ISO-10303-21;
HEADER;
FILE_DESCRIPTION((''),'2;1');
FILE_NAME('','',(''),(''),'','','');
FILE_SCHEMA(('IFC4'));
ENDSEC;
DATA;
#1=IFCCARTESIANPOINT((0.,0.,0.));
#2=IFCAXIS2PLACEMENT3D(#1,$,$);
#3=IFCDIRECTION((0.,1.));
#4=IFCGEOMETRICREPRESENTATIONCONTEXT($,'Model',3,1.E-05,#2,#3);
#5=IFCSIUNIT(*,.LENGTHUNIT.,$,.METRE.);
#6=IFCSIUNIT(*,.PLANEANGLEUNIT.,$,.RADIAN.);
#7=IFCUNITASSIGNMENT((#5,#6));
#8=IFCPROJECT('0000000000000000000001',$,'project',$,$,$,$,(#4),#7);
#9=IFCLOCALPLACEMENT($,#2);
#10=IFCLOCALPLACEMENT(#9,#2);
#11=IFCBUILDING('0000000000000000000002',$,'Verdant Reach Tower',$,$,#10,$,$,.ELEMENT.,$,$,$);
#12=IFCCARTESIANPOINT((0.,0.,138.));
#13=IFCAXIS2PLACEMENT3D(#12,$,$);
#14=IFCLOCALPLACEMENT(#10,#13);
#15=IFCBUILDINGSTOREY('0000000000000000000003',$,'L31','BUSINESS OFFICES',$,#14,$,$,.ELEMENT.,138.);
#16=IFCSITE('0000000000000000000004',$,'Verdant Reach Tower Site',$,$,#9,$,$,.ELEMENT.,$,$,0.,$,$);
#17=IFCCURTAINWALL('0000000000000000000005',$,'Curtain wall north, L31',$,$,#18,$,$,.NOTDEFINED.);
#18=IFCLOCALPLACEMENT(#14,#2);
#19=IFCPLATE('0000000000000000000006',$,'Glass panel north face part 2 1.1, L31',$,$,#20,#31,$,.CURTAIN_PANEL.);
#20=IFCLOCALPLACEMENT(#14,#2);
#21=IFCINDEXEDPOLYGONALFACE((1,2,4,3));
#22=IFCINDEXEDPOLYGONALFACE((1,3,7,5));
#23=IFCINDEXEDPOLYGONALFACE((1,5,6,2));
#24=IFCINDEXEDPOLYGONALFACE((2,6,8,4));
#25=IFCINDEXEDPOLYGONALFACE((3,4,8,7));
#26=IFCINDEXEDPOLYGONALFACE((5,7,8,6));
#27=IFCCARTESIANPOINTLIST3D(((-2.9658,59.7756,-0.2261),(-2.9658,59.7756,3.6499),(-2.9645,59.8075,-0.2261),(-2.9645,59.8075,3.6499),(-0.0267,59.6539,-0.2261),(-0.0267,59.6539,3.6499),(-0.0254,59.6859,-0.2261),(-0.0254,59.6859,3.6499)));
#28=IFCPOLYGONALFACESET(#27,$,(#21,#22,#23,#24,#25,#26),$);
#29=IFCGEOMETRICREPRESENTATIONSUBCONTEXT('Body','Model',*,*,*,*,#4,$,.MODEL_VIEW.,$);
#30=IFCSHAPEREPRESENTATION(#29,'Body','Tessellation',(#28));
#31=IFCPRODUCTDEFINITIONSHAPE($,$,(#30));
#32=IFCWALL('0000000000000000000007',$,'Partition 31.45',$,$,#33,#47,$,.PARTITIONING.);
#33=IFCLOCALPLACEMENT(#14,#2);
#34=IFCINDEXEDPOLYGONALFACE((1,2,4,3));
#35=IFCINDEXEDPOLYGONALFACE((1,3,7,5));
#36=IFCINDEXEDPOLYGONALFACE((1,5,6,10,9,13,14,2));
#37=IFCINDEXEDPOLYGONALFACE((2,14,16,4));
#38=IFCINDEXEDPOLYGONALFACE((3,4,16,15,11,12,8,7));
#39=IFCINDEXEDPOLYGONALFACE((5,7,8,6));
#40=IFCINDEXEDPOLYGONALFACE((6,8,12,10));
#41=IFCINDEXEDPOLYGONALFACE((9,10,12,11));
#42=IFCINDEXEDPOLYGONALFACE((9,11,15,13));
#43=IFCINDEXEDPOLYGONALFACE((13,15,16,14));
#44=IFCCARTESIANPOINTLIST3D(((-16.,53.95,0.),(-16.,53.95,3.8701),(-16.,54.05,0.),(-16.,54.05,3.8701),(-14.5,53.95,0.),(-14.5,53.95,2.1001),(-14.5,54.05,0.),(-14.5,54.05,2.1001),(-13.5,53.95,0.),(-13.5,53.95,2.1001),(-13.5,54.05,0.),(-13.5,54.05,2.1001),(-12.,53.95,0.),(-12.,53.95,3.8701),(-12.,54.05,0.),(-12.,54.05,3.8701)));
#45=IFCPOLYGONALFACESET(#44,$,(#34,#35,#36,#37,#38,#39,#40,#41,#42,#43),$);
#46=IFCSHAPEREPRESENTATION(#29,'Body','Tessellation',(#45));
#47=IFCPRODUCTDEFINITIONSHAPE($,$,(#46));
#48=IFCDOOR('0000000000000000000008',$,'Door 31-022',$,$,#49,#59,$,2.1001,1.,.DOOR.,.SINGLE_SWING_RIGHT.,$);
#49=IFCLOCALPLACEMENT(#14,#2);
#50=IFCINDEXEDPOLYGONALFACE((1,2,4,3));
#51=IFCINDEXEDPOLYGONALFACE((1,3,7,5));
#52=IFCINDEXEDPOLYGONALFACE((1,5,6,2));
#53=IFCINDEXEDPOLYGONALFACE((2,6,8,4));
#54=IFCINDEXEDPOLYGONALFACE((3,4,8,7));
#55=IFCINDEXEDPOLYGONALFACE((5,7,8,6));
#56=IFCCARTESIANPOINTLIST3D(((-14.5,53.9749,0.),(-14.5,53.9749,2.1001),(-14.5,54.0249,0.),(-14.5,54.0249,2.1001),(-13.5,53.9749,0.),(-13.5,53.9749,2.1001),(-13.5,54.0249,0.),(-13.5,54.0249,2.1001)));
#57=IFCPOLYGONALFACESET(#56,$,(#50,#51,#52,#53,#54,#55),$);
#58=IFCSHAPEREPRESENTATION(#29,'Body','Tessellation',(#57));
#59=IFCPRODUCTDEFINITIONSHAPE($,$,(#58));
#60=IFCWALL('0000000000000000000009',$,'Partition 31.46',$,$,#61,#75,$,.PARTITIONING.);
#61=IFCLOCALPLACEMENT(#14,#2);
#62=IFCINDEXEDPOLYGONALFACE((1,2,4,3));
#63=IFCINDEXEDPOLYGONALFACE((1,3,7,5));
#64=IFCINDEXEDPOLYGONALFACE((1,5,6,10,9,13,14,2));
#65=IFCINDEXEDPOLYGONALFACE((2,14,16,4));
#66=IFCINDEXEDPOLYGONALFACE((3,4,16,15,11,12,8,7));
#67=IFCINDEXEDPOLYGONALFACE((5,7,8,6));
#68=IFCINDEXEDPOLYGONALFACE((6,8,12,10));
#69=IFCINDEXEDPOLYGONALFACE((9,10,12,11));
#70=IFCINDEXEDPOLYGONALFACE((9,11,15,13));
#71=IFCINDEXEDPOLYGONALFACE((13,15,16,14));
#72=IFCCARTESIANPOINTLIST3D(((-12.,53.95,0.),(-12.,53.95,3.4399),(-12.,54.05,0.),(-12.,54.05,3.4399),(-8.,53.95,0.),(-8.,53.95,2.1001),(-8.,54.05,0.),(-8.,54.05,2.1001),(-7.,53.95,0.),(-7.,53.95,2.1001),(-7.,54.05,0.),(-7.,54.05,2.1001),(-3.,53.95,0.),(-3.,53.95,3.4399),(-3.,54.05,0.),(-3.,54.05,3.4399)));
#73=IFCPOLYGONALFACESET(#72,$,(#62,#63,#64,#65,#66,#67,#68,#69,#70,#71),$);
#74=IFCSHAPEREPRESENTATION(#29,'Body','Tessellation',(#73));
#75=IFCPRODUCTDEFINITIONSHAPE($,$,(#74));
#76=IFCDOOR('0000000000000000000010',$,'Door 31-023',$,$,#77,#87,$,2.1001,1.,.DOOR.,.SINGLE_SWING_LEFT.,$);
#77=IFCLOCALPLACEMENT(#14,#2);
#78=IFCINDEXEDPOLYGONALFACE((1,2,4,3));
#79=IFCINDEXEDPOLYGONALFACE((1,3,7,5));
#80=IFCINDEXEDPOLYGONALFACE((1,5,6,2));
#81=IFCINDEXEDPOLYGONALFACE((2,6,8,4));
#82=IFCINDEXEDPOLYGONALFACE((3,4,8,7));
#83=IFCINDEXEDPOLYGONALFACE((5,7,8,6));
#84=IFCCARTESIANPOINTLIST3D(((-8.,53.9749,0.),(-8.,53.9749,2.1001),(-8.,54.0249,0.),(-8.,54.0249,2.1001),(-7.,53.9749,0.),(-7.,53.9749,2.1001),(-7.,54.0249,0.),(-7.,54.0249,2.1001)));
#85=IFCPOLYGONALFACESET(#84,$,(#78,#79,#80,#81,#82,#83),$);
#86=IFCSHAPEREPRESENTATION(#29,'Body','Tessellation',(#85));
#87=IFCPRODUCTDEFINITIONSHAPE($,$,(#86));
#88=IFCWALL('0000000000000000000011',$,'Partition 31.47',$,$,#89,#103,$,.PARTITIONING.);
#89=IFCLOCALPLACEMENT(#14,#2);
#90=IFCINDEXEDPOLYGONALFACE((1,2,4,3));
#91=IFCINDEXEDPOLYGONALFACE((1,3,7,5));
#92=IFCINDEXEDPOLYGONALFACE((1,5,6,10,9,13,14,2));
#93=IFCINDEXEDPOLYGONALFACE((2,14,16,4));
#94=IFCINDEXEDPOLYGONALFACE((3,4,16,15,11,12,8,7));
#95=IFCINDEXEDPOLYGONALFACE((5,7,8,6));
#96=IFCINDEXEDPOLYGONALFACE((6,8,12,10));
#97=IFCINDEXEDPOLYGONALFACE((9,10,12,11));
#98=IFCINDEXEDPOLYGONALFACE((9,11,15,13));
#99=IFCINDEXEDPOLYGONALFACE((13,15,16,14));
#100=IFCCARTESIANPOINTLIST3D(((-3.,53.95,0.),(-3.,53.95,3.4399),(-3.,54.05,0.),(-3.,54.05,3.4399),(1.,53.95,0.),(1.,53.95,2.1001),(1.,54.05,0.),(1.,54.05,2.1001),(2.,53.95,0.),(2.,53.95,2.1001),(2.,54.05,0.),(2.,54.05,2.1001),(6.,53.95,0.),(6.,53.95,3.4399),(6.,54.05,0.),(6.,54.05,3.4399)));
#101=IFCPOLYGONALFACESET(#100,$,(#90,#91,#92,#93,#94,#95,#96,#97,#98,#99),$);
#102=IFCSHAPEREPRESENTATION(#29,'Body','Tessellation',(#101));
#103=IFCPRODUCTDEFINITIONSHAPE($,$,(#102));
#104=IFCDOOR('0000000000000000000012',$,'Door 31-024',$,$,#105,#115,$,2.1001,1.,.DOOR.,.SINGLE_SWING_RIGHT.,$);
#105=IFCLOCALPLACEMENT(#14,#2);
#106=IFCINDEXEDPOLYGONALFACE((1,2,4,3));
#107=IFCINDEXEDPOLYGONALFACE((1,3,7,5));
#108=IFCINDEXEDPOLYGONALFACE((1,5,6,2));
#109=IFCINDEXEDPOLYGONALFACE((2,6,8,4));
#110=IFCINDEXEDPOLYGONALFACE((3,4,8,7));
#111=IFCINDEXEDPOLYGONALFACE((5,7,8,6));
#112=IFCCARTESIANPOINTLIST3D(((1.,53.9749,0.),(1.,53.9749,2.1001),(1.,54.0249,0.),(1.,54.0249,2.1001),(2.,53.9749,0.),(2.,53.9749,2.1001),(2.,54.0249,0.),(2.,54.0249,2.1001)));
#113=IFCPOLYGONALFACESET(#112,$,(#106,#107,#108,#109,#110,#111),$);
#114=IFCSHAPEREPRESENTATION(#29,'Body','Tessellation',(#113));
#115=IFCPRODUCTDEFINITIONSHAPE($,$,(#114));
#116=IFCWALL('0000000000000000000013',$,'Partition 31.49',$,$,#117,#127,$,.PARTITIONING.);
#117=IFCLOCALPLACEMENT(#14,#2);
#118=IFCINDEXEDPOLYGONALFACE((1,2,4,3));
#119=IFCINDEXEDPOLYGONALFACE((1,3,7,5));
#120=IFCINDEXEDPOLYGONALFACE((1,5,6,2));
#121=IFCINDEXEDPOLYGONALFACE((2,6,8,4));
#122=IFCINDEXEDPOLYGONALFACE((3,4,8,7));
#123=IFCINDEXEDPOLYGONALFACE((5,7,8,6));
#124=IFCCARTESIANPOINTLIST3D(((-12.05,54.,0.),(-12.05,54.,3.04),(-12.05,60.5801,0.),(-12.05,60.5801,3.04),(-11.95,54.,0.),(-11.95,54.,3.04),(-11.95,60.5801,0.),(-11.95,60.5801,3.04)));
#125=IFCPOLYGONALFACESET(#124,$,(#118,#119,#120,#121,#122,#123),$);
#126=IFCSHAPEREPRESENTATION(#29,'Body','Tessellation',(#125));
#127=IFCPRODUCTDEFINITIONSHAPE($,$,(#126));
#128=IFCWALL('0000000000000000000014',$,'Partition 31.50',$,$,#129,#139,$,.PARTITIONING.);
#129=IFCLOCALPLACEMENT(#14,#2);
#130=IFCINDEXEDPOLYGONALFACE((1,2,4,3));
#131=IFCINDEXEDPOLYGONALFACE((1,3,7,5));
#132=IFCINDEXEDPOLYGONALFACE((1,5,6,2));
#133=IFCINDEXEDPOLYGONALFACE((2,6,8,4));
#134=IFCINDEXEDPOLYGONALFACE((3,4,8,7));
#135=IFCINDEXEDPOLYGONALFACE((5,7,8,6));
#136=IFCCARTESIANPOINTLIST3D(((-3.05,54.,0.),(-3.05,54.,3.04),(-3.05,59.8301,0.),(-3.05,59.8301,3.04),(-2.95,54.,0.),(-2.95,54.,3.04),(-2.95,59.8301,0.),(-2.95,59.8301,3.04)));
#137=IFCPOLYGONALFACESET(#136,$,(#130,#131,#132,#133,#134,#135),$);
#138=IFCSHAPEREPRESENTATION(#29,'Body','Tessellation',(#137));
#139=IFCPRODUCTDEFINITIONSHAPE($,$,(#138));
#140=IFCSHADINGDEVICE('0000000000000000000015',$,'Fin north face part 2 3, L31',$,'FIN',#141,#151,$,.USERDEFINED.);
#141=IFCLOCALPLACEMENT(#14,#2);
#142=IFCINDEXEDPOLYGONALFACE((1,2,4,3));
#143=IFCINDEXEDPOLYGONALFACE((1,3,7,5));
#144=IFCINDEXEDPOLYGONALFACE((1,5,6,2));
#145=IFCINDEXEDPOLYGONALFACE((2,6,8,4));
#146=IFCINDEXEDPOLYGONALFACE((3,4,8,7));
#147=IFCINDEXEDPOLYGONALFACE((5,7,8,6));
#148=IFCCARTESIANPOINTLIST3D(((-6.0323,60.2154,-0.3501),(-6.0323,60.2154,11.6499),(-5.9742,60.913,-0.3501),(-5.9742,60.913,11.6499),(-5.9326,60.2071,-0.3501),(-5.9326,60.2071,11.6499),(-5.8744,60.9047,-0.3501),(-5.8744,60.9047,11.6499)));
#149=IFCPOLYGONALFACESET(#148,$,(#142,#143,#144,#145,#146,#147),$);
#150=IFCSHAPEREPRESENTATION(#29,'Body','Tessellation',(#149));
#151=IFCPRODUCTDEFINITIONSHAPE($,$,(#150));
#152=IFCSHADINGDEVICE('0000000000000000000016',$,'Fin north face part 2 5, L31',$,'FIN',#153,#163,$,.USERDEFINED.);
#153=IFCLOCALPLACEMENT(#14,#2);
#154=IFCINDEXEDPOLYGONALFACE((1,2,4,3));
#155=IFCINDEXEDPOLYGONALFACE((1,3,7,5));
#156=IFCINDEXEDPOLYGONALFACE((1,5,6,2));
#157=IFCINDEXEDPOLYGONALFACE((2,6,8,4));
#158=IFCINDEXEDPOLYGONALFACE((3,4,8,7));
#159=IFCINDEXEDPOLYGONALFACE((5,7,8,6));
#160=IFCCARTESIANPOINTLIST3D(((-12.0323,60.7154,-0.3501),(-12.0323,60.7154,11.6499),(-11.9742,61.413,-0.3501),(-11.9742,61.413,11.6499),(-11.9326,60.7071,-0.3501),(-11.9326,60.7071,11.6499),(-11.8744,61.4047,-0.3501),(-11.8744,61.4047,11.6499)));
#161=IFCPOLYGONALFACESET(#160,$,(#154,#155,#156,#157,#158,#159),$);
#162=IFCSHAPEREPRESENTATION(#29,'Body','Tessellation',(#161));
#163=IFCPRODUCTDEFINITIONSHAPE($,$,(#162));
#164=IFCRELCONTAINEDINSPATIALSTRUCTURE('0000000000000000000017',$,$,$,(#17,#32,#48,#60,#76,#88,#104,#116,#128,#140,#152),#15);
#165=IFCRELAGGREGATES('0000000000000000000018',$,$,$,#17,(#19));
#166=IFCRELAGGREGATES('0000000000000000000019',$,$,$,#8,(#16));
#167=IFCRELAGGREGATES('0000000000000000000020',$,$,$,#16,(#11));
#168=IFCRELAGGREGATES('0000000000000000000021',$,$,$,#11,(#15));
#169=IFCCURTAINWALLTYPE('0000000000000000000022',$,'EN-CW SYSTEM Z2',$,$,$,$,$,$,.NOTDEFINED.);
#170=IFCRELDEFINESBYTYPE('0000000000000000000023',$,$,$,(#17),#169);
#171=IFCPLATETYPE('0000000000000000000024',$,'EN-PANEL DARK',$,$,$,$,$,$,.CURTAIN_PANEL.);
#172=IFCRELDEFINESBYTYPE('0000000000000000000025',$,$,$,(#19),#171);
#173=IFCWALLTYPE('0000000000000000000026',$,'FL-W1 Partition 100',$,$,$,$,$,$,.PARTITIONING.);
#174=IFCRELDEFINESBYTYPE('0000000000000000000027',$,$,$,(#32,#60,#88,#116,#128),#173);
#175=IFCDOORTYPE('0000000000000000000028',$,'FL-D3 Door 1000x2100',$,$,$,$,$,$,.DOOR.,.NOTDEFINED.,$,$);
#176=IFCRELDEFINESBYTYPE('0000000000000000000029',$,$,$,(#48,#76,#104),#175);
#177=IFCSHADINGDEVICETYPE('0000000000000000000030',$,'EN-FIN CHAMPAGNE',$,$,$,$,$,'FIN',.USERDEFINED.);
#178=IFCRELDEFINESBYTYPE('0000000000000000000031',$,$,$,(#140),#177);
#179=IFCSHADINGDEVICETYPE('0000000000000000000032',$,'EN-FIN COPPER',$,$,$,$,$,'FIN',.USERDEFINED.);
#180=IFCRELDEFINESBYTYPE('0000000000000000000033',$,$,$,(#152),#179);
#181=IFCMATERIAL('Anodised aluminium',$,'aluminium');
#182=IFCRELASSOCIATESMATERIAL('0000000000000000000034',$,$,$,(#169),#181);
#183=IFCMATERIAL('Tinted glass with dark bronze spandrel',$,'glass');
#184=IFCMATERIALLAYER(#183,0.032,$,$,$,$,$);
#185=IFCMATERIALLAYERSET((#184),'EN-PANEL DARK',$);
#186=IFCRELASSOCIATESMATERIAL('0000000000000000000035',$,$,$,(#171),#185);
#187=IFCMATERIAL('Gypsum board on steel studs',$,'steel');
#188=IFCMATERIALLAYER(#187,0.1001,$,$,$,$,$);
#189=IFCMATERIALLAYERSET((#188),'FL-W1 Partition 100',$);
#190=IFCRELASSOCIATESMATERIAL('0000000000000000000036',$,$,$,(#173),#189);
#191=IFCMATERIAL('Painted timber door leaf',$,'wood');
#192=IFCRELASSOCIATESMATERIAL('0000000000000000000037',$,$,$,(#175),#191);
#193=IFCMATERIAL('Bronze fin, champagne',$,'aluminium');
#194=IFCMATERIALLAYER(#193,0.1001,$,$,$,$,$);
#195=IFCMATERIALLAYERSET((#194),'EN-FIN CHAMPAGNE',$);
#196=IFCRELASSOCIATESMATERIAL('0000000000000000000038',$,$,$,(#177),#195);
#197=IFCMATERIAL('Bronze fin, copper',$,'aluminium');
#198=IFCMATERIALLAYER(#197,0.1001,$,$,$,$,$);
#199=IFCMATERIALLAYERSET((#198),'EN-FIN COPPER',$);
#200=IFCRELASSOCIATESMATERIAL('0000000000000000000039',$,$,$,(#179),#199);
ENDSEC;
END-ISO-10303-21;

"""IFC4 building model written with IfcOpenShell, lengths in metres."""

from ifc_helpers import new_model, si_unit, direction, frame, frame_2d, origin, origin_2d, place, context, subcontext, project, spatial, rectangle, extrude, material, layer, layer_set, type_object, element, fill, aggregate, save


model = new_model("IFC4")

# Units and contexts
model_context = context("Model", 3, precision=1e-05, world=origin(), true_north=direction((0.0, 1.0)))
body_context = subcontext(model_context, "Body", "Model", "MODEL_VIEW")
ifc_project = project(units=[si_unit("LENGTHUNIT", "METRE"), si_unit("PLANEANGLEUNIT", "RADIAN")], contexts=[model_context])

# Site, building, storey
site_placement = place(None, origin())
site = spatial("IfcSite", under=ifc_project, at=site_placement, Name="Verdant Reach Tower Site", CompositionType="ELEMENT", RefElevation=0.0)
building_placement = place(site_placement, origin())
building = spatial("IfcBuilding", under=site, at=building_placement, Name="Verdant Reach Tower", CompositionType="ELEMENT")
storey_placement = place(building_placement, frame((0.0, 0.0, 138.0)))
storey = spatial("IfcBuildingStorey", under=building, at=storey_placement, Name="L31", Description="BUSINESS OFFICES", CompositionType="ELEMENT", Elevation=138.0)

# Curtain wall
ifc_material_1 = material(Name="Anodised aluminium", Category="aluminium")
curtain_wall_type = type_object("IfcCurtainWallType", Name="EN-CW SYSTEM Z2", PredefinedType="NOTDEFINED", material=ifc_material_1)
curtain_wall_placement = place(storey_placement, origin())
curtain_wall = element("IfcCurtainWall", 1, at=curtain_wall_placement, inside=storey, type_object=curtain_wall_type, Name="Curtain wall north, L31", PredefinedType="NOTDEFINED")

# Plate
ifc_material_2 = material(Name="Tinted glass with dark bronze spandrel", Category="glass")
ifc_layer_1 = layer(ifc_material_2, 0.032)
ifc_layer_set_1 = layer_set([ifc_layer_1], Name="EN-PANEL DARK")
plate_type_1 = type_object("IfcPlateType", Name="EN-PANEL DARK", PredefinedType="CURTAIN_PANEL", material=ifc_layer_set_1)
plate_1_placement = place(storey_placement, frame((-1.4956, 59.7307, -0.2261), z_axis=(0.0, 0.0, 1.0), x_axis=(-0.999144, 0.041364, 0.0)))
plate_1 = element("IfcPlate", 2, at=plate_1_placement, type_object=plate_type_1, Name="Glass panel north face part 2 1.1, L31", PredefinedType="CURTAIN_PANEL", context=body_context, shape_type="SweptSolid", body=[
    extrude(rectangle(XDim=2.9417, YDim=0.032, at=origin_2d()), origin(), (0.0, 0.0, 1.0), 3.876),
])
aggregate(curtain_wall, [plate_1])

# Walls, openings, doors
ifc_material_3 = material(Name="Gypsum board on steel studs", Category="steel")
ifc_layer_2 = layer(ifc_material_3, 0.1001)
ifc_layer_set_2 = layer_set([ifc_layer_2], Name="FL-W1 Partition 100")
wall_type = type_object("IfcWallType", Name="FL-W1 Partition 100", PredefinedType="PARTITIONING", material=ifc_layer_set_2)
wall_1_placement = place(storey_placement, frame((-16.0, 54.0, 0.0), z_axis=(0.0, 0.0, 1.0), x_axis=(1.0, 0.0, 0.0)))
wall_1 = element("IfcWall", 3, at=wall_1_placement, inside=storey, type_object=wall_type, Name="Partition 31.45", PredefinedType="PARTITIONING", context=body_context, shape_type="SweptSolid", body=[
    extrude(rectangle(XDim=4.0, YDim=0.1001, at=frame_2d((2.0, 0.0))), origin(), (0.0, 0.0, 1.0), 3.8701),
])
opening_1_placement = place(wall_1_placement, frame((1.5, 0.0, 0.0)))
opening_1 = element("IfcOpeningElement", 4, at=opening_1_placement, cuts=wall_1, PredefinedType="OPENING", context=body_context, shape_type="SweptSolid", body=[
    extrude(rectangle(XDim=1.0, YDim=2.1001, at=frame_2d((0.5, 1.05))), frame((0.0, 0.0601, 0.0), z_axis=(0.0, -1.0, 0.0), x_axis=(1.0, 0.0, 0.0)), (0.0, 0.0, 1.0), 0.1201),
])
ifc_material_4 = material(Name="Painted timber door leaf", Category="wood")
door_type = type_object("IfcDoorType", Name="FL-D3 Door 1000x2100", OperationType="NOTDEFINED", PredefinedType="DOOR", material=ifc_material_4)
door_1_placement = place(opening_1_placement, origin())
door_1 = element("IfcDoor", 5, at=door_1_placement, inside=storey, type_object=door_type, Name="Door 31-022", OperationType="SINGLE_SWING_RIGHT", OverallHeight=2.1001, OverallWidth=1.0, PredefinedType="DOOR", context=body_context, shape_type="SweptSolid", body=[
    extrude(rectangle(XDim=1.0, YDim=2.1001, at=frame_2d((0.5, 1.05))), frame((0.0, 0.0249, 0.0), z_axis=(0.0, -1.0, 0.0), x_axis=(1.0, 0.0, 0.0)), (0.0, 0.0, 1.0), 0.05),
])
fill(opening_1, door_1)
wall_2_placement = place(storey_placement, frame((-12.0, 54.0, 0.0), z_axis=(0.0, 0.0, 1.0), x_axis=(1.0, 0.0, 0.0)))
wall_2 = element("IfcWall", 6, at=wall_2_placement, inside=storey, type_object=wall_type, Name="Partition 31.46", PredefinedType="PARTITIONING", context=body_context, shape_type="SweptSolid", body=[
    extrude(rectangle(XDim=9.0, YDim=0.1001, at=frame_2d((4.5, 0.0))), origin(), (0.0, 0.0, 1.0), 3.4399),
])
opening_2_placement = place(wall_2_placement, frame((4.0, 0.0, 0.0)))
opening_2 = element("IfcOpeningElement", 7, at=opening_2_placement, cuts=wall_2, PredefinedType="OPENING", context=body_context, shape_type="SweptSolid", body=[
    extrude(rectangle(XDim=1.0, YDim=2.1001, at=frame_2d((0.5, 1.05))), frame((0.0, 0.0601, 0.0), z_axis=(0.0, -1.0, 0.0), x_axis=(1.0, 0.0, 0.0)), (0.0, 0.0, 1.0), 0.1201),
])
door_2_placement = place(opening_2_placement, origin())
door_2 = element("IfcDoor", 8, at=door_2_placement, inside=storey, type_object=door_type, Name="Door 31-023", OperationType="SINGLE_SWING_LEFT", OverallHeight=2.1001, OverallWidth=1.0, PredefinedType="DOOR", context=body_context, shape_type="SweptSolid", body=[
    extrude(rectangle(XDim=1.0, YDim=2.1001, at=frame_2d((0.5, 1.05))), frame((0.0, 0.0249, 0.0), z_axis=(0.0, -1.0, 0.0), x_axis=(1.0, 0.0, 0.0)), (0.0, 0.0, 1.0), 0.05),
])
fill(opening_2, door_2)
wall_3_placement = place(storey_placement, frame((-3.0, 54.0, 0.0), z_axis=(0.0, 0.0, 1.0), x_axis=(1.0, 0.0, 0.0)))
wall_3 = element("IfcWall", 9, at=wall_3_placement, inside=storey, type_object=wall_type, Name="Partition 31.47", PredefinedType="PARTITIONING", context=body_context, shape_type="SweptSolid", body=[
    extrude(rectangle(XDim=9.0, YDim=0.1001, at=frame_2d((4.5, 0.0))), origin(), (0.0, 0.0, 1.0), 3.4399),
])
opening_3_placement = place(wall_3_placement, frame((4.0, 0.0, 0.0)))
opening_3 = element("IfcOpeningElement", 10, at=opening_3_placement, cuts=wall_3, PredefinedType="OPENING", context=body_context, shape_type="SweptSolid", body=[
    extrude(rectangle(XDim=1.0, YDim=2.1001, at=frame_2d((0.5, 1.05))), frame((0.0, 0.0601, 0.0), z_axis=(0.0, -1.0, 0.0), x_axis=(1.0, 0.0, 0.0)), (0.0, 0.0, 1.0), 0.1201),
])
door_3_placement = place(opening_3_placement, origin())
door_3 = element("IfcDoor", 11, at=door_3_placement, inside=storey, type_object=door_type, Name="Door 31-024", OperationType="SINGLE_SWING_RIGHT", OverallHeight=2.1001, OverallWidth=1.0, PredefinedType="DOOR", context=body_context, shape_type="SweptSolid", body=[
    extrude(rectangle(XDim=1.0, YDim=2.1001, at=frame_2d((0.5, 1.05))), frame((0.0, 0.0249, 0.0), z_axis=(0.0, -1.0, 0.0), x_axis=(1.0, 0.0, 0.0)), (0.0, 0.0, 1.0), 0.05),
])
fill(opening_3, door_3)

# Walls
wall_4_placement = place(storey_placement, frame((-12.0, 54.0, 0.0), z_axis=(0.0, 0.0, 1.0), x_axis=(0.0, 1.0, 0.0)))
element("IfcWall", 12, at=wall_4_placement, inside=storey, type_object=wall_type, Name="Partition 31.49", PredefinedType="PARTITIONING", context=body_context, shape_type="SweptSolid", body=[
    extrude(rectangle(XDim=6.5801, YDim=0.1001, at=frame_2d((3.29, 0.0))), origin(), (0.0, 0.0, 1.0), 3.04),
])
wall_5_placement = place(storey_placement, frame((-3.0, 54.0, 0.0), z_axis=(0.0, 0.0, 1.0), x_axis=(0.0, 1.0, 0.0)))
element("IfcWall", 13, at=wall_5_placement, inside=storey, type_object=wall_type, Name="Partition 31.50", PredefinedType="PARTITIONING", context=body_context, shape_type="SweptSolid", body=[
    extrude(rectangle(XDim=5.8301, YDim=0.1001, at=frame_2d((2.915, 0.0))), origin(), (0.0, 0.0, 1.0), 3.04),
])

# Shading devices
ifc_material_5 = material(Name="Bronze fin, champagne", Category="aluminium")
ifc_layer_3 = layer(ifc_material_5, 0.1001)
ifc_layer_set_3 = layer_set([ifc_layer_3], Name="EN-FIN CHAMPAGNE")
shading_device_type_1 = type_object("IfcShadingDeviceType", Name="EN-FIN CHAMPAGNE", ElementType="FIN", PredefinedType="USERDEFINED", material=ifc_layer_set_3)
shading_device_1_placement = place(storey_placement, frame((-5.9534, 60.5601, -0.3501), z_axis=(0.0, 0.0, 1.0), x_axis=(-0.996546, 0.083045, 0.0)))
element("IfcShadingDevice", 14, at=shading_device_1_placement, inside=storey, type_object=shading_device_type_1, Name="Fin north face part 2 3, L31", ObjectType="FIN", PredefinedType="USERDEFINED", context=body_context, shape_type="SweptSolid", body=[
    extrude(rectangle(XDim=0.1001, YDim=0.7, at=origin_2d()), origin(), (0.0, 0.0, 1.0), 12.0),
])
ifc_material_6 = material(Name="Bronze fin, copper", Category="aluminium")
ifc_layer_4 = layer(ifc_material_6, 0.1001)
ifc_layer_set_4 = layer_set([ifc_layer_4], Name="EN-FIN COPPER")
shading_device_type_2 = type_object("IfcShadingDeviceType", Name="EN-FIN COPPER", ElementType="FIN", PredefinedType="USERDEFINED", material=ifc_layer_set_4)
shading_device_2_placement = place(storey_placement, frame((-11.9534, 61.0601, -0.3501), z_axis=(0.0, 0.0, 1.0), x_axis=(-0.996546, 0.083045, 0.0)))
element("IfcShadingDevice", 15, at=shading_device_2_placement, inside=storey, type_object=shading_device_type_2, Name="Fin north face part 2 5, L31", ObjectType="FIN", PredefinedType="USERDEFINED", context=body_context, shape_type="SweptSolid", body=[
    extrude(rectangle(XDim=0.1001, YDim=0.7, at=origin_2d()), origin(), (0.0, 0.0, 1.0), 12.0),
])

save(model, "model.ifc")
